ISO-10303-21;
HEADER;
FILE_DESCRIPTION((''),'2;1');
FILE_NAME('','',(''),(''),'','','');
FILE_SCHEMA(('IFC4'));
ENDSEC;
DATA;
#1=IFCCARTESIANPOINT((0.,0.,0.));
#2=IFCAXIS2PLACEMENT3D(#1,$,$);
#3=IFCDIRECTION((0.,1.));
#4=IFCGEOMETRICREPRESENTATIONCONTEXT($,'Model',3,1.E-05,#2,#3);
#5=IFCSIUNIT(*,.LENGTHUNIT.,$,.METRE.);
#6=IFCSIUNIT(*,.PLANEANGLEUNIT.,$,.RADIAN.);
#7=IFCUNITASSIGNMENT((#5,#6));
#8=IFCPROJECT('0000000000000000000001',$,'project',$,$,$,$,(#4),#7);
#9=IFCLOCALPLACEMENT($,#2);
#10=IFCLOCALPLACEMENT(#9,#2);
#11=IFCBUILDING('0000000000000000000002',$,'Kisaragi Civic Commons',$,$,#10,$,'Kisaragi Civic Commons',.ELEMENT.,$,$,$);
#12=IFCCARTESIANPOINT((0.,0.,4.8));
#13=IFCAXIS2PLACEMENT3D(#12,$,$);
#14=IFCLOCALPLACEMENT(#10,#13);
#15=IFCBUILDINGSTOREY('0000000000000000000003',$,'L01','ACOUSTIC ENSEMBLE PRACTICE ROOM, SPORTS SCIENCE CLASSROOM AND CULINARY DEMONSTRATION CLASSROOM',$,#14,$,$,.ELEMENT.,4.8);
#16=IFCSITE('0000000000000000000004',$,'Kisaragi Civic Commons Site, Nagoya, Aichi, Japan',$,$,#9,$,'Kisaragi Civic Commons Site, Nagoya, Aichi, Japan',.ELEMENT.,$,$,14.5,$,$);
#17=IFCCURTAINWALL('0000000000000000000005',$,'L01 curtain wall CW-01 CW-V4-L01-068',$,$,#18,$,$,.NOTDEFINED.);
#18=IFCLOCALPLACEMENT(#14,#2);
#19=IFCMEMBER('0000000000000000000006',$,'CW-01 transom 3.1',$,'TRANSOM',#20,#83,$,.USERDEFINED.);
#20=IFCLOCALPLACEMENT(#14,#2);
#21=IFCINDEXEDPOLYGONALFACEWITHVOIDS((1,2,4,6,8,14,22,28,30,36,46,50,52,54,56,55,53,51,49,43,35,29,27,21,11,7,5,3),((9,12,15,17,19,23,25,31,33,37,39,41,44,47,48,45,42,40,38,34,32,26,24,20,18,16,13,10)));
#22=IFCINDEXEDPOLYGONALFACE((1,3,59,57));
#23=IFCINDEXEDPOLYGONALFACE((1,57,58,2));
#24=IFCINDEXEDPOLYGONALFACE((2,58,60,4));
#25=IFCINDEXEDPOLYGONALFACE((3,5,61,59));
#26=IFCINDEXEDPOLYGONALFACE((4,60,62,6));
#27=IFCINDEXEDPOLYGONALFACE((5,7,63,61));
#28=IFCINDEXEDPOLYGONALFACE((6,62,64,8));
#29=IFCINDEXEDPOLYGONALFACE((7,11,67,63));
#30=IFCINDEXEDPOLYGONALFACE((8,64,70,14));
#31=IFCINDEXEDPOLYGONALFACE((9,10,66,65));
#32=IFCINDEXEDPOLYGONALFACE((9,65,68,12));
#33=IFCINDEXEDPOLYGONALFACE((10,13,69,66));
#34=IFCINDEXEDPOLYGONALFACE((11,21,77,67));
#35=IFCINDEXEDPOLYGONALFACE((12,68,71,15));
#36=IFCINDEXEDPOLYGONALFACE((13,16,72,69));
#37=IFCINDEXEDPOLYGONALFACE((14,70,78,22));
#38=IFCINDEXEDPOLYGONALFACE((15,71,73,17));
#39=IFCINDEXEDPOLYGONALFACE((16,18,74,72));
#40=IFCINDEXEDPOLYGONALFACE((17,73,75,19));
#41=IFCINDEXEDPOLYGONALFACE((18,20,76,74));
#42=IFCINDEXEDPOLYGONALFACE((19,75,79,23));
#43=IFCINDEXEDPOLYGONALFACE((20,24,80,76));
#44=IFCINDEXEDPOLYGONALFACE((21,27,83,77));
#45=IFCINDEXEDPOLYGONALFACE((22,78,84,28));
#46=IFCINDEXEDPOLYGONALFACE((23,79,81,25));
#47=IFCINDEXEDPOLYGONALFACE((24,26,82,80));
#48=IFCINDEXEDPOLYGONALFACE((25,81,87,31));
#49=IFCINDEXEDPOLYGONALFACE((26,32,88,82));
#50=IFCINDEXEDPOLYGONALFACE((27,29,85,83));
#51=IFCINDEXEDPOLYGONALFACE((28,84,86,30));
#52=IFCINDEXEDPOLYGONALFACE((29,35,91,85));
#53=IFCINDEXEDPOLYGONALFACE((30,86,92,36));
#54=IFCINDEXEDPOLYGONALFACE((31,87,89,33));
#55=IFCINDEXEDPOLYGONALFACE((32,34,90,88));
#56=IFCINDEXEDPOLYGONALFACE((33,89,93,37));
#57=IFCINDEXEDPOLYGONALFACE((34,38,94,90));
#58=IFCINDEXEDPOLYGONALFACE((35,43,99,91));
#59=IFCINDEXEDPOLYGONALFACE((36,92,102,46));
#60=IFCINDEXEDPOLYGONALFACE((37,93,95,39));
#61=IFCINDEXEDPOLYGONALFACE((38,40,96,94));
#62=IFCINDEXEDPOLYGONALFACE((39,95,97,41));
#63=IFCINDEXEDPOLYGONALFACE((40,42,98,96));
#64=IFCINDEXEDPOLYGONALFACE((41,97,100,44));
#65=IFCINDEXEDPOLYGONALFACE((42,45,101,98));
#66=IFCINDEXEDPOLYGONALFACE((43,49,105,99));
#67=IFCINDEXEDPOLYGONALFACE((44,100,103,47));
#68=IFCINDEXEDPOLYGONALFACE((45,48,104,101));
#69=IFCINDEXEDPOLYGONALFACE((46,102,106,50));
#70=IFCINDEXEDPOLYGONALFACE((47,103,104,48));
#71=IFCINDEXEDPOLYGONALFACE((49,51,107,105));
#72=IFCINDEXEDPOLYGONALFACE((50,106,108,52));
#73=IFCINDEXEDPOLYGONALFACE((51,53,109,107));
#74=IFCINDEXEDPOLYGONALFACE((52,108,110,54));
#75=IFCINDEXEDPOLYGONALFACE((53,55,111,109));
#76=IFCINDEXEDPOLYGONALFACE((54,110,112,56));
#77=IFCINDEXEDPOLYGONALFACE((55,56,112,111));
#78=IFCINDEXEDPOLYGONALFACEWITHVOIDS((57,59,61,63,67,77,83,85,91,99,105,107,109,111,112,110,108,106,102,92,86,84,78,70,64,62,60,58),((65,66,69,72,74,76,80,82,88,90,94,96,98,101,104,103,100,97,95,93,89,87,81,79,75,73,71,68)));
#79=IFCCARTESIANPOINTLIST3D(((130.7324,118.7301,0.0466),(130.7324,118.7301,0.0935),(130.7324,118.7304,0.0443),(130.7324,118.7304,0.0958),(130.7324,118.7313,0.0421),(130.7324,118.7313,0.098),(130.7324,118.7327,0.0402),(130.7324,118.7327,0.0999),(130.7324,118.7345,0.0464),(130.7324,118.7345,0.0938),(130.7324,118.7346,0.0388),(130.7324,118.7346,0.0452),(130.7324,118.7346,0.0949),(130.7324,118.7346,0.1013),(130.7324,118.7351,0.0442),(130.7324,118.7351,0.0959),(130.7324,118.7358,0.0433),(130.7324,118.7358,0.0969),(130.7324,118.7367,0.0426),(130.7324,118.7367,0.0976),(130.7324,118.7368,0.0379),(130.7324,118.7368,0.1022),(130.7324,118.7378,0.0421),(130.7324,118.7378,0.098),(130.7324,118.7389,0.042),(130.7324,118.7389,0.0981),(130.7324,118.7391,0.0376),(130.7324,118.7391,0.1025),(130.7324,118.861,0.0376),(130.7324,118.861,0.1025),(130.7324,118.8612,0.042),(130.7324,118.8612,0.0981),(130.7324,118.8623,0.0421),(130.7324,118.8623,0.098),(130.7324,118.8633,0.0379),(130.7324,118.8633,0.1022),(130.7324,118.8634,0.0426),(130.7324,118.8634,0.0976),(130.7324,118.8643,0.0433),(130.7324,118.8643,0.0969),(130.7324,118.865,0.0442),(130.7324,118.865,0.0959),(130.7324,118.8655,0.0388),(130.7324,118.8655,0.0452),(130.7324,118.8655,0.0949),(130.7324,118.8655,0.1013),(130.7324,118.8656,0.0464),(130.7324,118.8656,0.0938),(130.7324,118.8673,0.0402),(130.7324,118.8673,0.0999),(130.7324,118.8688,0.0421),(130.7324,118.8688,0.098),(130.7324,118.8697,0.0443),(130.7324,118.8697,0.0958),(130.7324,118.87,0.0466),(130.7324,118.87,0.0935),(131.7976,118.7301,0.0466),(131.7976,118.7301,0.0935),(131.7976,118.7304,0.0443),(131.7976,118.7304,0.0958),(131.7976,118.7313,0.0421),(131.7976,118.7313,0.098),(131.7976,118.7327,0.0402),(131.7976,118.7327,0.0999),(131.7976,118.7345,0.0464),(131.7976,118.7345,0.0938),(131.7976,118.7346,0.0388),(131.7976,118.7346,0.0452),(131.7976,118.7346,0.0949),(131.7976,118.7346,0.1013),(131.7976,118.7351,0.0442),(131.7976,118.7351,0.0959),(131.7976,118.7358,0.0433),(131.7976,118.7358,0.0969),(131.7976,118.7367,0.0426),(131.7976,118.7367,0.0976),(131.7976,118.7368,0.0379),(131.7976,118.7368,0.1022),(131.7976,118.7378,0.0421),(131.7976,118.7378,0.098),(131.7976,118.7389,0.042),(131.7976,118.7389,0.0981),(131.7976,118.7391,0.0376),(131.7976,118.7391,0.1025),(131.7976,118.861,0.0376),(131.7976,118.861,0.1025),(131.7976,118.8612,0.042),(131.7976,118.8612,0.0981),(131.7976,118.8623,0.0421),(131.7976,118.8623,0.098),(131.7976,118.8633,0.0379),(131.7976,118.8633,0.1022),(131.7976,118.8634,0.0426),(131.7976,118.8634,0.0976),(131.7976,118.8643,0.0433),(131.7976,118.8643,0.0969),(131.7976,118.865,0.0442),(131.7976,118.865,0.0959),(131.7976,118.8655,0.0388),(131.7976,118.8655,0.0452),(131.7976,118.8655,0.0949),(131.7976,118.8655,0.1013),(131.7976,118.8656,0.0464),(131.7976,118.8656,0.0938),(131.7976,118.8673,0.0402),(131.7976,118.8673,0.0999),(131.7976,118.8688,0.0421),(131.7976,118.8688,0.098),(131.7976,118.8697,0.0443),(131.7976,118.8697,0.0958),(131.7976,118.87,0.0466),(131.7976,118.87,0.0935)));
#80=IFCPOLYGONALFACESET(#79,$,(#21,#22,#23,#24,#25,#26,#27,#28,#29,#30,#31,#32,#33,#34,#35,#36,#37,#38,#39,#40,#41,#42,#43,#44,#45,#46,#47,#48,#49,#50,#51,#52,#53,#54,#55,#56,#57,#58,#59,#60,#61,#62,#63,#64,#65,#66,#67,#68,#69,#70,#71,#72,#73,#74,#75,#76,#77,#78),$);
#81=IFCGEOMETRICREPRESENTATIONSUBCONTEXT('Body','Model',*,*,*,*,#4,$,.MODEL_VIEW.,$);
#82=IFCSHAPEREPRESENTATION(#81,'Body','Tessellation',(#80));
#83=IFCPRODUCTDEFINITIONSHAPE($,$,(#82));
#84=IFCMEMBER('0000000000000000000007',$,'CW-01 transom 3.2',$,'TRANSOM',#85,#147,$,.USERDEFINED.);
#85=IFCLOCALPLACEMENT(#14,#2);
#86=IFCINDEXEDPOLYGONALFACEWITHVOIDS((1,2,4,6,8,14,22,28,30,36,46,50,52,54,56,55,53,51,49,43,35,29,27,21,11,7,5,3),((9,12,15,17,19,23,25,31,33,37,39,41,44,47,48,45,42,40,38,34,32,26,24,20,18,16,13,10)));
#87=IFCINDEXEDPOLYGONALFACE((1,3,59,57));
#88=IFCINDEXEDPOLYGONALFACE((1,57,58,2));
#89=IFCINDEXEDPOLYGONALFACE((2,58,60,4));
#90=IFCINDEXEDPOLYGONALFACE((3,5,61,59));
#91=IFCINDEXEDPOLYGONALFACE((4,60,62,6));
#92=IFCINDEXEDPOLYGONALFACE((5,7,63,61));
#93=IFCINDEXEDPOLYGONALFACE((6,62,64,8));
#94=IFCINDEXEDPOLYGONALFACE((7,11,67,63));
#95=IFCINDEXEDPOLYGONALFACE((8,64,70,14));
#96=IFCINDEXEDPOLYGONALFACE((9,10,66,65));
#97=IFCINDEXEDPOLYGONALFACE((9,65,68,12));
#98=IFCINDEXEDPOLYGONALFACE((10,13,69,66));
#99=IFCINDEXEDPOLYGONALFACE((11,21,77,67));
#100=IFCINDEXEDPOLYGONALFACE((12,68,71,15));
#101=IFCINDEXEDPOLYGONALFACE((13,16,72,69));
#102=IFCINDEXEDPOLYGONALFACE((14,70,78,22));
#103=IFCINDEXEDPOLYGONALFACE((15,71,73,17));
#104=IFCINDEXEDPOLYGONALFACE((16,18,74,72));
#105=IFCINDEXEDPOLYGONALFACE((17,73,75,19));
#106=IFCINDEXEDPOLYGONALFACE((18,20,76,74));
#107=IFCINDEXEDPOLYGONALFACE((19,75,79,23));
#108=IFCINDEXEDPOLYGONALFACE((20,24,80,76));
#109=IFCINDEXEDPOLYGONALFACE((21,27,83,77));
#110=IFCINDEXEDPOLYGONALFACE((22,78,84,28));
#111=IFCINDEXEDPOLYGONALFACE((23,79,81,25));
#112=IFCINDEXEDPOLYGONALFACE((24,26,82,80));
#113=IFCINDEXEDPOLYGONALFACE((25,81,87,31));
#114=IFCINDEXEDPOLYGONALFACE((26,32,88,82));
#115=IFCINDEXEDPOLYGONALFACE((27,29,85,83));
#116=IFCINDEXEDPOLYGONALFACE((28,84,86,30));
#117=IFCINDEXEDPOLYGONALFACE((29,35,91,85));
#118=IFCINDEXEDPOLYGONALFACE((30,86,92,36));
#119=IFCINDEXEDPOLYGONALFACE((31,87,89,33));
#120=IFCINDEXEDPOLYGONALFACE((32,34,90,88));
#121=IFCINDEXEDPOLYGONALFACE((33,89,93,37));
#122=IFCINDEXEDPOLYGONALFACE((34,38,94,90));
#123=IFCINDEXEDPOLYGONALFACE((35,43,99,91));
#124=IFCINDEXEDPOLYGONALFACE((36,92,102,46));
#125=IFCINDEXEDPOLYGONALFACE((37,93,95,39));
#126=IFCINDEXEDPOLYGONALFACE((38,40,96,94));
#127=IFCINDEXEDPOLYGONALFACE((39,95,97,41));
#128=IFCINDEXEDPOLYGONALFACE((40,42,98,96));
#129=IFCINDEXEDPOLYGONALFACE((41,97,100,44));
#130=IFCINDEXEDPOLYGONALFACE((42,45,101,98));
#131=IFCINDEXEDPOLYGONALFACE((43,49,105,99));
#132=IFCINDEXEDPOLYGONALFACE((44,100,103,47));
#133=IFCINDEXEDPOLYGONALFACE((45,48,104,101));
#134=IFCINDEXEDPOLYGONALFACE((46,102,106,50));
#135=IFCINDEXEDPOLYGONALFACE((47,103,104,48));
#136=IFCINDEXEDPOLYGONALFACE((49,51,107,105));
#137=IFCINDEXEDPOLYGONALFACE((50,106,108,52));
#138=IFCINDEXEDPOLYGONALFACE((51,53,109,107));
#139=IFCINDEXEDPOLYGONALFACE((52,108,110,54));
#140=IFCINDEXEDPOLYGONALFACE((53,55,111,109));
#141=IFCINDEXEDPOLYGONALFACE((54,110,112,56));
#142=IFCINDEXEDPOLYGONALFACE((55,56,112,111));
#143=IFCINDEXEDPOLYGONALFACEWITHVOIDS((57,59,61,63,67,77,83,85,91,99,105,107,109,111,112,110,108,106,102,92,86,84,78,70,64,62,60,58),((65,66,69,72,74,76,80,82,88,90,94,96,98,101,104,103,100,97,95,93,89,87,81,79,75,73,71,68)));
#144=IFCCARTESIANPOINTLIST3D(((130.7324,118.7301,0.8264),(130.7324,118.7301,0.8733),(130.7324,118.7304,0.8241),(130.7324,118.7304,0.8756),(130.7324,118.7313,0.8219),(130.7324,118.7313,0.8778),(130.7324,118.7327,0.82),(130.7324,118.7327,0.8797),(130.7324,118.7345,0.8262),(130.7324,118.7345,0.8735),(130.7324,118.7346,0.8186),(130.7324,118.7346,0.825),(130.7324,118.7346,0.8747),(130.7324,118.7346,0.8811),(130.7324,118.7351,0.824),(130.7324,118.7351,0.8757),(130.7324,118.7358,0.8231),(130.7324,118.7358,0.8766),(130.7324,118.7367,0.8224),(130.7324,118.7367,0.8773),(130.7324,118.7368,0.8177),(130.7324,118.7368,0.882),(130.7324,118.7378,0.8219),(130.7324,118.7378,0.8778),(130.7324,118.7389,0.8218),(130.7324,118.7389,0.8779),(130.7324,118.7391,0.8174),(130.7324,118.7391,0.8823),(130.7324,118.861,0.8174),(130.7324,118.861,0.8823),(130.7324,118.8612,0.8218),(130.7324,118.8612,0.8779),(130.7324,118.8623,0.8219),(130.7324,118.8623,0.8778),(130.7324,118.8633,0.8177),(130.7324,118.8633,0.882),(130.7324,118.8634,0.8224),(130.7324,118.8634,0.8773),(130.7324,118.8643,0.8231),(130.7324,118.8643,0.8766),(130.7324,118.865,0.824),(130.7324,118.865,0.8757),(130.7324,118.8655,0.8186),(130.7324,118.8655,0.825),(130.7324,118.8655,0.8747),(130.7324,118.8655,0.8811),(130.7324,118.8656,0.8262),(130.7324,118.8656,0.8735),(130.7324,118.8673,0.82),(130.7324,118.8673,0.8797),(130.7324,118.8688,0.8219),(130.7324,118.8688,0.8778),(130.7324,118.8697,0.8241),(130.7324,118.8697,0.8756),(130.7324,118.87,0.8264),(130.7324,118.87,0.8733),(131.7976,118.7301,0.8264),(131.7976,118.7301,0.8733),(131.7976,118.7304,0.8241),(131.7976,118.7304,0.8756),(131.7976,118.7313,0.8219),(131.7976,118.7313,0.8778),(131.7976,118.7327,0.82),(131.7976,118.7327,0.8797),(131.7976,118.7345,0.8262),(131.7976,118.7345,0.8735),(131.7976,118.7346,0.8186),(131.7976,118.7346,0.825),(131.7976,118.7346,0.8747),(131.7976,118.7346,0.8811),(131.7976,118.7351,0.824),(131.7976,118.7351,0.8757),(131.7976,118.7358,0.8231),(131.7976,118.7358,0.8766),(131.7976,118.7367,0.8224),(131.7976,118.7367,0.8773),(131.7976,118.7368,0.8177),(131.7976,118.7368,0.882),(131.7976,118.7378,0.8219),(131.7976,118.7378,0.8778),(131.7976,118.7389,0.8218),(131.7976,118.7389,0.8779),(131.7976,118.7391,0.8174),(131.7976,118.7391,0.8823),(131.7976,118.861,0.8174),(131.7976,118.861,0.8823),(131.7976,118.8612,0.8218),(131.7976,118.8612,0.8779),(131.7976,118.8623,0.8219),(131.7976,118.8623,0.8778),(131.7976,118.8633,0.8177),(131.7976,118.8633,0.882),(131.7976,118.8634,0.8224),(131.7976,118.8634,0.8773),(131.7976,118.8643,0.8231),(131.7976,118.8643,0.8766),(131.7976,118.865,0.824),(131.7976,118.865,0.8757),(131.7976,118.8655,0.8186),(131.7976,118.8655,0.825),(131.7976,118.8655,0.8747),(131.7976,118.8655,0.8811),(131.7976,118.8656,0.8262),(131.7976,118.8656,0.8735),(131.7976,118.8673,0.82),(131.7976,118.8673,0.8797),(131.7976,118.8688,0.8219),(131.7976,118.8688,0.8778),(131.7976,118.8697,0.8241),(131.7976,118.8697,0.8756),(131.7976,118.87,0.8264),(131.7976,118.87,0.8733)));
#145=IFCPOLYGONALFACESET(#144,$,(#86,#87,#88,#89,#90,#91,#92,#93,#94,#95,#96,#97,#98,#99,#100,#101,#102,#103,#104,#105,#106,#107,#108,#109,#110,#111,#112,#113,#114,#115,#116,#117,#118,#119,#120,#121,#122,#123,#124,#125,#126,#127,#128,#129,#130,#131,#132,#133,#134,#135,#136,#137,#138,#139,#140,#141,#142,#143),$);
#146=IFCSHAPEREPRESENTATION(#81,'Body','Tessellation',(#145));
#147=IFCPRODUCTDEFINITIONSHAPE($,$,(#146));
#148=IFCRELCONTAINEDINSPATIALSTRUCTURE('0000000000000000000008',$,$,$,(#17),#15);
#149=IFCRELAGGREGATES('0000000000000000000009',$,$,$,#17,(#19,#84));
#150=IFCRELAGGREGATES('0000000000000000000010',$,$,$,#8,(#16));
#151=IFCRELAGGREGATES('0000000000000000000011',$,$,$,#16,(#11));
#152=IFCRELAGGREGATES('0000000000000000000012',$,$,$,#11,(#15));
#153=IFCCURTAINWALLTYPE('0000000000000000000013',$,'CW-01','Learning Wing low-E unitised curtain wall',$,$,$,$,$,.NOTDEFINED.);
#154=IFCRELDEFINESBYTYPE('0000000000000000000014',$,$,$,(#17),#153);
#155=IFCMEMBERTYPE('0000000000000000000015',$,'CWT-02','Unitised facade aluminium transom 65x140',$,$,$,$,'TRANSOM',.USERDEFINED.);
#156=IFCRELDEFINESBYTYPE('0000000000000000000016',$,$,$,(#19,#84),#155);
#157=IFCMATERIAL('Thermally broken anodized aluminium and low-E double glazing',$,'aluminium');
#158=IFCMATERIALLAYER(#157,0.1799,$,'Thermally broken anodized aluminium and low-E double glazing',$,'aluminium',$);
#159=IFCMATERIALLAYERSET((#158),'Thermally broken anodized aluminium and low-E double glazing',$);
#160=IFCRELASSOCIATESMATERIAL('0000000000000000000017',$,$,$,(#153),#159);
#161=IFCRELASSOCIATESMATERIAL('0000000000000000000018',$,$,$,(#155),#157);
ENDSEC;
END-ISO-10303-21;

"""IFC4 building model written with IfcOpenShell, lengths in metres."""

from ifc_helpers import new_model, si_unit, direction, frame, origin, origin_2d, place, context, subcontext, project, spatial, hollow_rectangle, extrude, material, layer, layer_set, material_profile, profile_set, type_object, element, aggregate, save


model = new_model("IFC4")

# Units and contexts
model_context = context("Model", 3, precision=1e-05, world=origin(), true_north=direction((0.0, 1.0)))
body_context = subcontext(model_context, "Body", "Model", "MODEL_VIEW")
ifc_project = project(units=[si_unit("LENGTHUNIT", "METRE"), si_unit("PLANEANGLEUNIT", "RADIAN")], contexts=[model_context])

# Site, building, storey
site_placement = place(None, origin())
site = spatial("IfcSite", under=ifc_project, at=site_placement, Name="Kisaragi Civic Commons Site, Nagoya, Aichi, Japan", LongName="Kisaragi Civic Commons Site, Nagoya, Aichi, Japan", CompositionType="ELEMENT", RefElevation=14.5)
building_placement = place(site_placement, origin())
building = spatial("IfcBuilding", under=site, at=building_placement, Name="Kisaragi Civic Commons", LongName="Kisaragi Civic Commons", CompositionType="ELEMENT")
storey_placement = place(building_placement, frame((0.0, 0.0, 4.8)))
storey = spatial("IfcBuildingStorey", under=building, at=storey_placement, Name="L01", Description="ACOUSTIC ENSEMBLE PRACTICE ROOM, SPORTS SCIENCE CLASSROOM AND CULINARY DEMONSTRATION CLASSROOM", CompositionType="ELEMENT", Elevation=4.8)

# Curtain wall, members
ifc_material = material(Name="Thermally broken anodized aluminium and low-E double glazing", Category="aluminium")
ifc_layer_1 = layer(ifc_material, 0.1799, Name="Thermally broken anodized aluminium and low-E double glazing", Category="aluminium")
ifc_layer_set_1 = layer_set([ifc_layer_1], Name="Thermally broken anodized aluminium and low-E double glazing")
curtain_wall_type = type_object("IfcCurtainWallType", Name="CW-01", Description="Learning Wing low-E unitised curtain wall", PredefinedType="NOTDEFINED", material=ifc_layer_set_1)
curtain_wall_placement = place(storey_placement, origin())
curtain_wall = element("IfcCurtainWall", 1, at=curtain_wall_placement, inside=storey, type_object=curtain_wall_type, Name="L01 curtain wall CW-01 CW-V4-L01-068", PredefinedType="NOTDEFINED")
ifc_material_profile_1 = material_profile(ifc_material, hollow_rectangle(XDim=0.1399, YDim=0.0649, WallThickness=0.0044, InnerFilletRadius=0.0044, OuterFilletRadius=0.009, at=origin_2d()), Name="CWT-65x140x4.5", Category="aluminium")
ifc_profile_set_1 = profile_set([ifc_material_profile_1], Name="Thermally broken anodized aluminium and low-E double glazing")
member_type_1 = type_object("IfcMemberType", Name="CWT-02", Description="Unitised facade aluminium transom 65x140", ElementType="TRANSOM", PredefinedType="USERDEFINED", material=ifc_profile_set_1)
member_1_placement = place(storey_placement, frame((130.7324, 118.8, 0.0701), z_axis=(1.0, 0.0, 0.0), x_axis=(0.0, 1.0, 0.0)))
member_1 = element("IfcMember", 2, at=member_1_placement, type_object=member_type_1, Name="CW-01 transom 3.1", ObjectType="TRANSOM", PredefinedType="USERDEFINED", context=body_context, shape_type="SweptSolid", body=[
    extrude(hollow_rectangle(XDim=0.1399, YDim=0.0649, WallThickness=0.0044, InnerFilletRadius=0.0044, OuterFilletRadius=0.009, at=origin_2d()), origin(), (0.0, 0.0, 1.0), 1.0652),
])
member_2_placement = place(storey_placement, frame((130.7324, 118.8, 0.8499), z_axis=(1.0, 0.0, 0.0), x_axis=(0.0, 1.0, 0.0)))
member_2 = element("IfcMember", 3, at=member_2_placement, type_object=member_type_1, Name="CW-01 transom 3.2", ObjectType="TRANSOM", PredefinedType="USERDEFINED", context=body_context, shape_type="SweptSolid", body=[
    extrude(hollow_rectangle(XDim=0.1399, YDim=0.0649, WallThickness=0.0044, InnerFilletRadius=0.0044, OuterFilletRadius=0.009, at=origin_2d()), origin(), (0.0, 0.0, 1.0), 1.0652),
])
aggregate(curtain_wall, [member_1, member_2])

save(model, "model.ifc")
